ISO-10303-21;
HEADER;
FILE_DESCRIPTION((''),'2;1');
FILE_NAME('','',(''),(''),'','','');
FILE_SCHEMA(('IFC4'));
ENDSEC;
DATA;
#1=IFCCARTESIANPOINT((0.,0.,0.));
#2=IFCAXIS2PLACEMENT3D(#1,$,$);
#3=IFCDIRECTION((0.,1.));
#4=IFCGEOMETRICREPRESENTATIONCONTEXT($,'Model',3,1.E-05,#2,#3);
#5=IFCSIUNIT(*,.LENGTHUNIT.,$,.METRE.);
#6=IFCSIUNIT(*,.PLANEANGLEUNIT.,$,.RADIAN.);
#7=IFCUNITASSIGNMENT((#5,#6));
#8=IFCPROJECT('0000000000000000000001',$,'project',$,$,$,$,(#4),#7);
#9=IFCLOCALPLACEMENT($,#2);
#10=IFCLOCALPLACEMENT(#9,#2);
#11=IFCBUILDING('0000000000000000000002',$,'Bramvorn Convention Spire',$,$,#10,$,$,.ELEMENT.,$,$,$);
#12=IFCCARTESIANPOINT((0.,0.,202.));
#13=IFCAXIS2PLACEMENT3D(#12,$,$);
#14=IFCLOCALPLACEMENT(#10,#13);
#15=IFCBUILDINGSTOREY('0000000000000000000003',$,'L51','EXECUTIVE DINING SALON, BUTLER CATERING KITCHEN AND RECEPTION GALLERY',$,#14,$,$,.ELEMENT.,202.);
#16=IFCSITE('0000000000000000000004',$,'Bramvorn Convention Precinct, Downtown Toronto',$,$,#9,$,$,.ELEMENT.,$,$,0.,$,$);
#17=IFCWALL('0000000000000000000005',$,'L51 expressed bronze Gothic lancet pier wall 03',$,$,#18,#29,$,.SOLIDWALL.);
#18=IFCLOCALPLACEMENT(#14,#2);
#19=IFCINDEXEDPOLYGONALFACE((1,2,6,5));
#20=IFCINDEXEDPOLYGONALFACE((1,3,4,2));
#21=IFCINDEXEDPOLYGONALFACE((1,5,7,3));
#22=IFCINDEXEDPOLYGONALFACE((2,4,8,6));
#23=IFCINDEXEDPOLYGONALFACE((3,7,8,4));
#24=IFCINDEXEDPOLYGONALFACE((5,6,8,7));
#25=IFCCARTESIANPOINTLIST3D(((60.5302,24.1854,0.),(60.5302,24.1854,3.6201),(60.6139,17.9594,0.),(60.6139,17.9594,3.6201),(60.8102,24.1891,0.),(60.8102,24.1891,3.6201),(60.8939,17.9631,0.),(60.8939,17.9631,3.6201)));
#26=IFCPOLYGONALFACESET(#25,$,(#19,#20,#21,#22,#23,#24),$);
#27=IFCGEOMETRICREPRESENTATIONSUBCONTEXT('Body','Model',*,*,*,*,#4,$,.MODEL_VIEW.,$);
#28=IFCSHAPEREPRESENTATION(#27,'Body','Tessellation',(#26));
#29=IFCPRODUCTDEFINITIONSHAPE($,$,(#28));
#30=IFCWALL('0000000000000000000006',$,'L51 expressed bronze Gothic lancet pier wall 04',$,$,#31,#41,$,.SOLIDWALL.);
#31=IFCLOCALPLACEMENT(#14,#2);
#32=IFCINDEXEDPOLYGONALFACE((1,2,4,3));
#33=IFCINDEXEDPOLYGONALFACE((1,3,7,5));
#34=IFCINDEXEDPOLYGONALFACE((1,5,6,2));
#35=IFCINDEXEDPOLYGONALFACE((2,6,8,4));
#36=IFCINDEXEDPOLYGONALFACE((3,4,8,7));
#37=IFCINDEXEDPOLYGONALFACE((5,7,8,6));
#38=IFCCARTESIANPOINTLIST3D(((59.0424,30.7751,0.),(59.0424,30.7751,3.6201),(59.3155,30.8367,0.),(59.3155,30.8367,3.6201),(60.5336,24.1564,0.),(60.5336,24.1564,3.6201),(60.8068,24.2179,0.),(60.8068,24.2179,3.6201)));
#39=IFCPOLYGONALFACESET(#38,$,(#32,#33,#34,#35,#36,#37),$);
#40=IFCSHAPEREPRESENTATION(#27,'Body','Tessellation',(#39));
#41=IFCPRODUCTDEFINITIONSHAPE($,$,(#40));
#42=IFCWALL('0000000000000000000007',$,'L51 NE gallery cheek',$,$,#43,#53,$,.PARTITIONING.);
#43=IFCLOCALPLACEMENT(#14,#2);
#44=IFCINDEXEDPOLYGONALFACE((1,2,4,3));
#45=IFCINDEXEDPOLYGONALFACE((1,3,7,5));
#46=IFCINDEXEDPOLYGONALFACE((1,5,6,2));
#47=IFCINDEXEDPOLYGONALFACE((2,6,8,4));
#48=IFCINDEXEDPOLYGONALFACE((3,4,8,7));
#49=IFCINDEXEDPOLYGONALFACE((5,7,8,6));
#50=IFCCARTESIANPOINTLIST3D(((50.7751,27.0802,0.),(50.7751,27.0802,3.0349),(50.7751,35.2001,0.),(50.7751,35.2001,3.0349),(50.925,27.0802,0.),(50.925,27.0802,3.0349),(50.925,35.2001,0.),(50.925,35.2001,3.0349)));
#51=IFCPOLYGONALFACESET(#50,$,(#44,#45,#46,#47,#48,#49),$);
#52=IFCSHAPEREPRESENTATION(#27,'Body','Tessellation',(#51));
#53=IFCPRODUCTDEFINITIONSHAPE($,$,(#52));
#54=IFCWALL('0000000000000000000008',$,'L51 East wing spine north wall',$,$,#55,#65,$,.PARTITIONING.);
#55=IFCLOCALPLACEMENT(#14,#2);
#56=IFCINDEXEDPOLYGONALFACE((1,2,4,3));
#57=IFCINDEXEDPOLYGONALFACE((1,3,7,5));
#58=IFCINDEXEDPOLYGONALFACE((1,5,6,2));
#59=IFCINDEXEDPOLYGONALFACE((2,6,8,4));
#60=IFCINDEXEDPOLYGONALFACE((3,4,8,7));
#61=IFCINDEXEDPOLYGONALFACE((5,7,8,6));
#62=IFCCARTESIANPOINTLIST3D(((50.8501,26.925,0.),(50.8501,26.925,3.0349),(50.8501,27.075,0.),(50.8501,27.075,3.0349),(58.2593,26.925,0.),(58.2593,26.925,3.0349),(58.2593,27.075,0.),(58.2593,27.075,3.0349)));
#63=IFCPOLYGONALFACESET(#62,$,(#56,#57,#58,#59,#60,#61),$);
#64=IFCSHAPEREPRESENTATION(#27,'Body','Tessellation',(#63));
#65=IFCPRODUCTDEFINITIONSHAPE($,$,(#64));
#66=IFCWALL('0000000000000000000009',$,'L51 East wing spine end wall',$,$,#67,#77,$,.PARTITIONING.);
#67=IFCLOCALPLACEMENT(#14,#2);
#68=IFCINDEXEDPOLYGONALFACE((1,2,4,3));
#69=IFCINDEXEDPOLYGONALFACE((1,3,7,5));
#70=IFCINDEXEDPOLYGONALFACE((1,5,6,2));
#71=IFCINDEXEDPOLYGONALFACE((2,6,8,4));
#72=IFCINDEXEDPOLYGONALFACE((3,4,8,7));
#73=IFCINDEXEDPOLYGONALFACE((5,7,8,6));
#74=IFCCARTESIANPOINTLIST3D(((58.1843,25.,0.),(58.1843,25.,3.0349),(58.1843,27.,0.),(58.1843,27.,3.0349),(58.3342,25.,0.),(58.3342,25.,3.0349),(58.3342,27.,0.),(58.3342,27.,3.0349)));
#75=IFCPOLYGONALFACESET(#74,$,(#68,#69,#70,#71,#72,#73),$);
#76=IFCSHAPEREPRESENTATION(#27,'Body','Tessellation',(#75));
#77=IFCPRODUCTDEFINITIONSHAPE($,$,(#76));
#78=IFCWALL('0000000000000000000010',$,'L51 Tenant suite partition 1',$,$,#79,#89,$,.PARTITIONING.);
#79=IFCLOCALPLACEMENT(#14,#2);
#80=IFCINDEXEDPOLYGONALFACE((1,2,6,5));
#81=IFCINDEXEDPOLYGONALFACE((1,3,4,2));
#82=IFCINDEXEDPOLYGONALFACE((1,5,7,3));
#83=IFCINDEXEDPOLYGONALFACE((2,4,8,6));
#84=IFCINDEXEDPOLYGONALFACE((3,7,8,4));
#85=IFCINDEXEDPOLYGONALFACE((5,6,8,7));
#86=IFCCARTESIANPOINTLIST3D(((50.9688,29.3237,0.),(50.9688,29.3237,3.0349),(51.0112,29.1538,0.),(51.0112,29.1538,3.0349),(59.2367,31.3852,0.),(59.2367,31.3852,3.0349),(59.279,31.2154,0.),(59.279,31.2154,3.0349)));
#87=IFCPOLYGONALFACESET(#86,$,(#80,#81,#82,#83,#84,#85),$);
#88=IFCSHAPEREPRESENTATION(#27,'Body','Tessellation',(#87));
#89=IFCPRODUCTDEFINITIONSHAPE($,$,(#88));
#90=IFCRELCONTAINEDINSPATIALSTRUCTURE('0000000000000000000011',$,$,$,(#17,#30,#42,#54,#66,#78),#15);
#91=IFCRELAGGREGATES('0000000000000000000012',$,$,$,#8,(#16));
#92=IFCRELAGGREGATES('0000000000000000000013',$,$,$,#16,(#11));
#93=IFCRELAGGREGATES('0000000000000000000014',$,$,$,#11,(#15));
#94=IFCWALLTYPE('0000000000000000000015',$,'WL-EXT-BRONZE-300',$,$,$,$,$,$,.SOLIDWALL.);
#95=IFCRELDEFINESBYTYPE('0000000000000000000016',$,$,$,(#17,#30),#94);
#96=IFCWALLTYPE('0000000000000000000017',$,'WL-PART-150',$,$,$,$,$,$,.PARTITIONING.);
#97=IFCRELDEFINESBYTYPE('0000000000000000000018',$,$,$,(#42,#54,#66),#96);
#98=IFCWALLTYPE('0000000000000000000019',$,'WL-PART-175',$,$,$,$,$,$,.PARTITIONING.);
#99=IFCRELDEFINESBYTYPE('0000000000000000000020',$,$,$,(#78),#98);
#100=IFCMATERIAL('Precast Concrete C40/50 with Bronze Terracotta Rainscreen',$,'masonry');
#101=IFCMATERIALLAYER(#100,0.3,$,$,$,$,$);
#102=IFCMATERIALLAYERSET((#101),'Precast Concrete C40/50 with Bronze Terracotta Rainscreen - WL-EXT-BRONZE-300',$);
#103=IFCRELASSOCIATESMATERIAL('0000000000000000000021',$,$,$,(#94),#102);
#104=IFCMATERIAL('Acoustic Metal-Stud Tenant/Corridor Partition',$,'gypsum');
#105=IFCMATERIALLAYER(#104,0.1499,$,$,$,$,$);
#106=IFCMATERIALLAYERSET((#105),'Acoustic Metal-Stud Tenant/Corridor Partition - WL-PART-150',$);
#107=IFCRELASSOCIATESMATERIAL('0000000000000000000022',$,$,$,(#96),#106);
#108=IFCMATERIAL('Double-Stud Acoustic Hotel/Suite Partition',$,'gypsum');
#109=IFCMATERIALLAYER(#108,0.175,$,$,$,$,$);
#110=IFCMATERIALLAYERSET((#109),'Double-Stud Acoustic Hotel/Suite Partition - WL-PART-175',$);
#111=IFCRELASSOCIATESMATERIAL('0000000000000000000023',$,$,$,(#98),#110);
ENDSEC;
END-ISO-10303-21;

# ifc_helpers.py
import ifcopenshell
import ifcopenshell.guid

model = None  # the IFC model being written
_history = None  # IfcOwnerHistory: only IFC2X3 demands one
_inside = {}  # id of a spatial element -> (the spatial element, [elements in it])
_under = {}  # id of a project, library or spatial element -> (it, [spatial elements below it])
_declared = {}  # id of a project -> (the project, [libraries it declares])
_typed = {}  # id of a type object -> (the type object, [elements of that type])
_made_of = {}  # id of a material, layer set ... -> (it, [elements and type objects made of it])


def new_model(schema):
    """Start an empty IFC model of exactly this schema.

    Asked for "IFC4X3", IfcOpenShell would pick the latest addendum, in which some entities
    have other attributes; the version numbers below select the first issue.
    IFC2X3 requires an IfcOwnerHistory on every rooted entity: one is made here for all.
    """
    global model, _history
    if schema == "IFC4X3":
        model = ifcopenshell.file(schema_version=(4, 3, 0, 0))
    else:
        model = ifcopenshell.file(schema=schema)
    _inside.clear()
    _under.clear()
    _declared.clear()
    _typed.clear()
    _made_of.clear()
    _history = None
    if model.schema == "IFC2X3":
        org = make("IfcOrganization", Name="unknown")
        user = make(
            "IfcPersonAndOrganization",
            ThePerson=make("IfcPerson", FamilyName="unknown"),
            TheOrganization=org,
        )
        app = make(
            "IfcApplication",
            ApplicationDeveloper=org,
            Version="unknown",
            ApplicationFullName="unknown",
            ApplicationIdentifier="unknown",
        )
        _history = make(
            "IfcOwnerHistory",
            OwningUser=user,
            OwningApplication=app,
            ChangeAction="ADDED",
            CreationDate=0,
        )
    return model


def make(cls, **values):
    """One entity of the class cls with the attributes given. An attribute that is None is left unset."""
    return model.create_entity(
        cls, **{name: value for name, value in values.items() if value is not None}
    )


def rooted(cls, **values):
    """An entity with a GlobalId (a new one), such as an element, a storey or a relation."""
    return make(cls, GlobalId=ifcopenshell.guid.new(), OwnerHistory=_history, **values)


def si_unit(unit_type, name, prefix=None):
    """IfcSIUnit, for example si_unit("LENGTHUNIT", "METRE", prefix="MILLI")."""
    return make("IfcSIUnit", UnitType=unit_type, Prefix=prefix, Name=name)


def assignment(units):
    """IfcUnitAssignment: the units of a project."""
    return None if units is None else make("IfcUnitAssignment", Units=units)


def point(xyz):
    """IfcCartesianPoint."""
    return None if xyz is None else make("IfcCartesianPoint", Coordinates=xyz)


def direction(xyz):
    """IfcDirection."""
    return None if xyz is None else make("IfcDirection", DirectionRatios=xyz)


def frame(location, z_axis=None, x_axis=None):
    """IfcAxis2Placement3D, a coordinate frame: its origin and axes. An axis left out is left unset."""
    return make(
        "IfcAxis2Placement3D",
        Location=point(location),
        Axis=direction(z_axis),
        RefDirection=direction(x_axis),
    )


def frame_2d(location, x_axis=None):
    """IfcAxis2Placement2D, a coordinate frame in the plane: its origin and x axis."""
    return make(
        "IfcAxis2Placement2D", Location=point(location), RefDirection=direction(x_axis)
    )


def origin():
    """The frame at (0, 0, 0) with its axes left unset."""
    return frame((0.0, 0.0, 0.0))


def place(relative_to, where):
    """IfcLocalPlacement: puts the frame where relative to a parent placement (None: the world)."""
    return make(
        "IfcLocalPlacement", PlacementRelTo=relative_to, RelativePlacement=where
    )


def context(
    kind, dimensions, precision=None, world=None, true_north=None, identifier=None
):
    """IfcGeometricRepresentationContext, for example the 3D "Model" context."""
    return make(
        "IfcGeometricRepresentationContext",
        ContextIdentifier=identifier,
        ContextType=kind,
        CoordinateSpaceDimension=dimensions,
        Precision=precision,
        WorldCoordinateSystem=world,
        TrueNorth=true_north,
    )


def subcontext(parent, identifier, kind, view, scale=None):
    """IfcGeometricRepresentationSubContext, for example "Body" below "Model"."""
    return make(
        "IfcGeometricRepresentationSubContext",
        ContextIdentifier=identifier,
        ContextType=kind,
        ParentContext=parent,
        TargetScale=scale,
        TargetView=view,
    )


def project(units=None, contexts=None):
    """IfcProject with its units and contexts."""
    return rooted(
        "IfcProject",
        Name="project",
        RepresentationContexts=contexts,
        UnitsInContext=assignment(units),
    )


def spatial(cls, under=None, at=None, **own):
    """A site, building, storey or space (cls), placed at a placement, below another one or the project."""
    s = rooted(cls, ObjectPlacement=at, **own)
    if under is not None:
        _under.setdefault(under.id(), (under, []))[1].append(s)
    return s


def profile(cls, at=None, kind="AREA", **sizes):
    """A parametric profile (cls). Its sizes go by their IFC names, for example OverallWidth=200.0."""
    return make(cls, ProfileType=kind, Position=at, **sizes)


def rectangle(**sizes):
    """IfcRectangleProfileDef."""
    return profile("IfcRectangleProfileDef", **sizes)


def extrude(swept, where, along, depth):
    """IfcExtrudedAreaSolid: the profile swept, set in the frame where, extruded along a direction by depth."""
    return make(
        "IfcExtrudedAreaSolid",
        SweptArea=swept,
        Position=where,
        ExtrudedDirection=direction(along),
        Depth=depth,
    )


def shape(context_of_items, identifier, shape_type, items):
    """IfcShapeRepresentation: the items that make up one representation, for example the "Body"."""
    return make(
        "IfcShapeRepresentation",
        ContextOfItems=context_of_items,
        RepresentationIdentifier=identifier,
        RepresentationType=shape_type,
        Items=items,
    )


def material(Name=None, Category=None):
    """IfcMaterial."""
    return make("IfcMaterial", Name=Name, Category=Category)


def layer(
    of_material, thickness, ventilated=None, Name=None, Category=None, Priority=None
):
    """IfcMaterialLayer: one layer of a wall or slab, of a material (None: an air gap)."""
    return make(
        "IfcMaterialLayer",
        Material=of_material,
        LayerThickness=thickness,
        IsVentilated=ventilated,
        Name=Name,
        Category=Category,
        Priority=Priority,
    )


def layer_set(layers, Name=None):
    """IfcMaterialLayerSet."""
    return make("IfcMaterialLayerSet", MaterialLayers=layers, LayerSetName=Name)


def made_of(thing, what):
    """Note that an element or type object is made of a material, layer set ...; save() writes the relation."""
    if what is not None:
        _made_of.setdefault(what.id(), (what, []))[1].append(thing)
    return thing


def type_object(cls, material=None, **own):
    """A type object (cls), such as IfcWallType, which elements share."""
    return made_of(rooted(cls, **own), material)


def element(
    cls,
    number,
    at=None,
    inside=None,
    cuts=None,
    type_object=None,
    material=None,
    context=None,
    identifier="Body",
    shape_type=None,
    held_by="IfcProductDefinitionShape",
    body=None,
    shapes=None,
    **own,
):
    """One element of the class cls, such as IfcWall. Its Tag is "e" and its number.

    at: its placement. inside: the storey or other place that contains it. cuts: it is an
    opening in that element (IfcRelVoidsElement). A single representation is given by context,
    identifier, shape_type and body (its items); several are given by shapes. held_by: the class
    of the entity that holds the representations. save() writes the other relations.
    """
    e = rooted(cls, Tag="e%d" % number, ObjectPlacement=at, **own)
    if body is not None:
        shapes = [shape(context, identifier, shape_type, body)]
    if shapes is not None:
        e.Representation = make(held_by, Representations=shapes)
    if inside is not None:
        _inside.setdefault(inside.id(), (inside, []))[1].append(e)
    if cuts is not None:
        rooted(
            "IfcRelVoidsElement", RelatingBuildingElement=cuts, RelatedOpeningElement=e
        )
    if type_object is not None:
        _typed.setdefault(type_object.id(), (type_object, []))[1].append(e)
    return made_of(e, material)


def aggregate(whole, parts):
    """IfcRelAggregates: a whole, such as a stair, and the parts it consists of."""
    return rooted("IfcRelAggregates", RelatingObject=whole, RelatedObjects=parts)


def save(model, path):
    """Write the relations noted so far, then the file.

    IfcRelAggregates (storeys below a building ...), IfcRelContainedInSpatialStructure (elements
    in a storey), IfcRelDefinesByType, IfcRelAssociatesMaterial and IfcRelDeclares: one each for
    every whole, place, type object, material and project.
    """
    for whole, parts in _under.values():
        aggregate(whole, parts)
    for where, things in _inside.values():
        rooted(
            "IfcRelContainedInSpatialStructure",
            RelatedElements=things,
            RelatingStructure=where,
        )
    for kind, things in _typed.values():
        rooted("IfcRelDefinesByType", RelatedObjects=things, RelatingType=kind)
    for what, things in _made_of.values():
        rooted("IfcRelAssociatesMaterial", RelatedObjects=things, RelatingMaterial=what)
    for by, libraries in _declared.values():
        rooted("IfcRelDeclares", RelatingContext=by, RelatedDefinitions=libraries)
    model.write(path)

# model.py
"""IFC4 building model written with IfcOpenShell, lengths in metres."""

from ifc_helpers import new_model, si_unit, direction, frame, frame_2d, origin, place, context, subcontext, project, spatial, rectangle, extrude, material, layer, layer_set, type_object, element, save


model = new_model("IFC4")

# Units and contexts
model_context = context("Model", 3, precision=1e-05, world=origin(), true_north=direction((0.0, 1.0)))
body_context = subcontext(model_context, "Body", "Model", "MODEL_VIEW")
ifc_project = project(units=[si_unit("LENGTHUNIT", "METRE"), si_unit("PLANEANGLEUNIT", "RADIAN")], contexts=[model_context])

# Site, building, storey
site_placement = place(None, origin())
site = spatial("IfcSite", under=ifc_project, at=site_placement, Name="Bramvorn Convention Precinct, Downtown Toronto", CompositionType="ELEMENT", RefElevation=0.0)
building_placement = place(site_placement, origin())
building = spatial("IfcBuilding", under=site, at=building_placement, Name="Bramvorn Convention Spire", CompositionType="ELEMENT")
storey_placement = place(building_placement, frame((0.0, 0.0, 202.0)))
storey = spatial("IfcBuildingStorey", under=building, at=storey_placement, Name="L51", Description="EXECUTIVE DINING SALON, BUTLER CATERING KITCHEN AND RECEPTION GALLERY", CompositionType="ELEMENT", Elevation=202.0)

# Walls
ifc_material_1 = material(Name="Precast Concrete C40/50 with Bronze Terracotta Rainscreen", Category="masonry")
ifc_layer_1 = layer(ifc_material_1, 0.3)
ifc_layer_set_1 = layer_set([ifc_layer_1], Name="Precast Concrete C40/50 with Bronze Terracotta Rainscreen - WL-EXT-BRONZE-300")
wall_type_1 = type_object("IfcWallType", Name="WL-EXT-BRONZE-300", PredefinedType="SOLIDWALL", material=ifc_layer_set_1)
wall_1_placement = place(storey_placement, frame((60.6702, 24.1873, 0.0), z_axis=(0.0, 0.0, 1.0), x_axis=(0.013449, -0.99991, 0.0)))
element("IfcWall", 1, at=wall_1_placement, inside=storey, type_object=wall_type_1, Name="L51 expressed bronze Gothic lancet pier wall 03", PredefinedType="SOLIDWALL", context=body_context, shape_type="SweptSolid", body=[
    extrude(rectangle(XDim=6.2266, YDim=0.28, at=frame_2d((3.1133, 0.0))), origin(), (0.0, 0.0, 1.0), 3.6201),
])
wall_2_placement = place(storey_placement, frame((59.179, 30.8059, 0.0), z_axis=(0.0, 0.0, 1.0), x_axis=(0.219795, -0.975546, 0.0)))
element("IfcWall", 2, at=wall_2_placement, inside=storey, type_object=wall_type_1, Name="L51 expressed bronze Gothic lancet pier wall 04", PredefinedType="SOLIDWALL", context=body_context, shape_type="SweptSolid", body=[
    extrude(rectangle(XDim=6.7847, YDim=0.28, at=frame_2d((3.3923, 0.0))), origin(), (0.0, 0.0, 1.0), 3.6201),
])
ifc_material_2 = material(Name="Acoustic Metal-Stud Tenant/Corridor Partition", Category="gypsum")
ifc_layer_2 = layer(ifc_material_2, 0.1499)
ifc_layer_set_2 = layer_set([ifc_layer_2], Name="Acoustic Metal-Stud Tenant/Corridor Partition - WL-PART-150")
wall_type_2 = type_object("IfcWallType", Name="WL-PART-150", PredefinedType="PARTITIONING", material=ifc_layer_set_2)
wall_3_placement = place(storey_placement, frame((50.8501, 27.0801, 0.0), z_axis=(0.0, 0.0, 1.0), x_axis=(0.0, 1.0, 0.0)))
element("IfcWall", 3, at=wall_3_placement, inside=storey, type_object=wall_type_2, Name="L51 NE gallery cheek", PredefinedType="PARTITIONING", context=body_context, shape_type="SweptSolid", body=[
    extrude(rectangle(XDim=8.1199, YDim=0.1499, at=frame_2d((4.0601, 0.0))), origin(), (0.0, 0.0, 1.0), 3.0349),
])
wall_4_placement = place(storey_placement, frame((50.8501, 27.0, 0.0), z_axis=(0.0, 0.0, 1.0), x_axis=(1.0, 0.0, 0.0)))
element("IfcWall", 4, at=wall_4_placement, inside=storey, type_object=wall_type_2, Name="L51 East wing spine north wall", PredefinedType="PARTITIONING", context=body_context, shape_type="SweptSolid", body=[
    extrude(rectangle(XDim=7.4092, YDim=0.1499, at=frame_2d((3.7046, 0.0))), origin(), (0.0, 0.0, 1.0), 3.0349),
])
wall_5_placement = place(storey_placement, frame((58.2593, 25.0, 0.0), z_axis=(0.0, 0.0, 1.0), x_axis=(0.0, 1.0, 0.0)))
element("IfcWall", 5, at=wall_5_placement, inside=storey, type_object=wall_type_2, Name="L51 East wing spine end wall", PredefinedType="PARTITIONING", context=body_context, shape_type="SweptSolid", body=[
    extrude(rectangle(XDim=2.0, YDim=0.1499, at=frame_2d((1.0, 0.0))), origin(), (0.0, 0.0, 1.0), 3.0349),
])
ifc_material_3 = material(Name="Double-Stud Acoustic Hotel/Suite Partition", Category="gypsum")
ifc_layer_3 = layer(ifc_material_3, 0.175)
ifc_layer_set_3 = layer_set([ifc_layer_3], Name="Double-Stud Acoustic Hotel/Suite Partition - WL-PART-175")
wall_type_3 = type_object("IfcWallType", Name="WL-PART-175", PredefinedType="PARTITIONING", material=ifc_layer_set_3)
wall_6_placement = place(storey_placement, frame((50.99, 29.2388, 0.0), z_axis=(0.0, 0.0, 1.0), x_axis=(0.970292, 0.241936, 0.0)))
element("IfcWall", 6, at=wall_6_placement, inside=storey, type_object=wall_type_3, Name="L51 Tenant suite partition 1", PredefinedType="PARTITIONING", context=body_context, shape_type="SweptSolid", body=[
    extrude(rectangle(XDim=8.521, YDim=0.175, at=frame_2d((4.2605, 0.0))), origin(), (0.0, 0.0, 1.0), 3.0349),
])

save(model, "model.ifc")
